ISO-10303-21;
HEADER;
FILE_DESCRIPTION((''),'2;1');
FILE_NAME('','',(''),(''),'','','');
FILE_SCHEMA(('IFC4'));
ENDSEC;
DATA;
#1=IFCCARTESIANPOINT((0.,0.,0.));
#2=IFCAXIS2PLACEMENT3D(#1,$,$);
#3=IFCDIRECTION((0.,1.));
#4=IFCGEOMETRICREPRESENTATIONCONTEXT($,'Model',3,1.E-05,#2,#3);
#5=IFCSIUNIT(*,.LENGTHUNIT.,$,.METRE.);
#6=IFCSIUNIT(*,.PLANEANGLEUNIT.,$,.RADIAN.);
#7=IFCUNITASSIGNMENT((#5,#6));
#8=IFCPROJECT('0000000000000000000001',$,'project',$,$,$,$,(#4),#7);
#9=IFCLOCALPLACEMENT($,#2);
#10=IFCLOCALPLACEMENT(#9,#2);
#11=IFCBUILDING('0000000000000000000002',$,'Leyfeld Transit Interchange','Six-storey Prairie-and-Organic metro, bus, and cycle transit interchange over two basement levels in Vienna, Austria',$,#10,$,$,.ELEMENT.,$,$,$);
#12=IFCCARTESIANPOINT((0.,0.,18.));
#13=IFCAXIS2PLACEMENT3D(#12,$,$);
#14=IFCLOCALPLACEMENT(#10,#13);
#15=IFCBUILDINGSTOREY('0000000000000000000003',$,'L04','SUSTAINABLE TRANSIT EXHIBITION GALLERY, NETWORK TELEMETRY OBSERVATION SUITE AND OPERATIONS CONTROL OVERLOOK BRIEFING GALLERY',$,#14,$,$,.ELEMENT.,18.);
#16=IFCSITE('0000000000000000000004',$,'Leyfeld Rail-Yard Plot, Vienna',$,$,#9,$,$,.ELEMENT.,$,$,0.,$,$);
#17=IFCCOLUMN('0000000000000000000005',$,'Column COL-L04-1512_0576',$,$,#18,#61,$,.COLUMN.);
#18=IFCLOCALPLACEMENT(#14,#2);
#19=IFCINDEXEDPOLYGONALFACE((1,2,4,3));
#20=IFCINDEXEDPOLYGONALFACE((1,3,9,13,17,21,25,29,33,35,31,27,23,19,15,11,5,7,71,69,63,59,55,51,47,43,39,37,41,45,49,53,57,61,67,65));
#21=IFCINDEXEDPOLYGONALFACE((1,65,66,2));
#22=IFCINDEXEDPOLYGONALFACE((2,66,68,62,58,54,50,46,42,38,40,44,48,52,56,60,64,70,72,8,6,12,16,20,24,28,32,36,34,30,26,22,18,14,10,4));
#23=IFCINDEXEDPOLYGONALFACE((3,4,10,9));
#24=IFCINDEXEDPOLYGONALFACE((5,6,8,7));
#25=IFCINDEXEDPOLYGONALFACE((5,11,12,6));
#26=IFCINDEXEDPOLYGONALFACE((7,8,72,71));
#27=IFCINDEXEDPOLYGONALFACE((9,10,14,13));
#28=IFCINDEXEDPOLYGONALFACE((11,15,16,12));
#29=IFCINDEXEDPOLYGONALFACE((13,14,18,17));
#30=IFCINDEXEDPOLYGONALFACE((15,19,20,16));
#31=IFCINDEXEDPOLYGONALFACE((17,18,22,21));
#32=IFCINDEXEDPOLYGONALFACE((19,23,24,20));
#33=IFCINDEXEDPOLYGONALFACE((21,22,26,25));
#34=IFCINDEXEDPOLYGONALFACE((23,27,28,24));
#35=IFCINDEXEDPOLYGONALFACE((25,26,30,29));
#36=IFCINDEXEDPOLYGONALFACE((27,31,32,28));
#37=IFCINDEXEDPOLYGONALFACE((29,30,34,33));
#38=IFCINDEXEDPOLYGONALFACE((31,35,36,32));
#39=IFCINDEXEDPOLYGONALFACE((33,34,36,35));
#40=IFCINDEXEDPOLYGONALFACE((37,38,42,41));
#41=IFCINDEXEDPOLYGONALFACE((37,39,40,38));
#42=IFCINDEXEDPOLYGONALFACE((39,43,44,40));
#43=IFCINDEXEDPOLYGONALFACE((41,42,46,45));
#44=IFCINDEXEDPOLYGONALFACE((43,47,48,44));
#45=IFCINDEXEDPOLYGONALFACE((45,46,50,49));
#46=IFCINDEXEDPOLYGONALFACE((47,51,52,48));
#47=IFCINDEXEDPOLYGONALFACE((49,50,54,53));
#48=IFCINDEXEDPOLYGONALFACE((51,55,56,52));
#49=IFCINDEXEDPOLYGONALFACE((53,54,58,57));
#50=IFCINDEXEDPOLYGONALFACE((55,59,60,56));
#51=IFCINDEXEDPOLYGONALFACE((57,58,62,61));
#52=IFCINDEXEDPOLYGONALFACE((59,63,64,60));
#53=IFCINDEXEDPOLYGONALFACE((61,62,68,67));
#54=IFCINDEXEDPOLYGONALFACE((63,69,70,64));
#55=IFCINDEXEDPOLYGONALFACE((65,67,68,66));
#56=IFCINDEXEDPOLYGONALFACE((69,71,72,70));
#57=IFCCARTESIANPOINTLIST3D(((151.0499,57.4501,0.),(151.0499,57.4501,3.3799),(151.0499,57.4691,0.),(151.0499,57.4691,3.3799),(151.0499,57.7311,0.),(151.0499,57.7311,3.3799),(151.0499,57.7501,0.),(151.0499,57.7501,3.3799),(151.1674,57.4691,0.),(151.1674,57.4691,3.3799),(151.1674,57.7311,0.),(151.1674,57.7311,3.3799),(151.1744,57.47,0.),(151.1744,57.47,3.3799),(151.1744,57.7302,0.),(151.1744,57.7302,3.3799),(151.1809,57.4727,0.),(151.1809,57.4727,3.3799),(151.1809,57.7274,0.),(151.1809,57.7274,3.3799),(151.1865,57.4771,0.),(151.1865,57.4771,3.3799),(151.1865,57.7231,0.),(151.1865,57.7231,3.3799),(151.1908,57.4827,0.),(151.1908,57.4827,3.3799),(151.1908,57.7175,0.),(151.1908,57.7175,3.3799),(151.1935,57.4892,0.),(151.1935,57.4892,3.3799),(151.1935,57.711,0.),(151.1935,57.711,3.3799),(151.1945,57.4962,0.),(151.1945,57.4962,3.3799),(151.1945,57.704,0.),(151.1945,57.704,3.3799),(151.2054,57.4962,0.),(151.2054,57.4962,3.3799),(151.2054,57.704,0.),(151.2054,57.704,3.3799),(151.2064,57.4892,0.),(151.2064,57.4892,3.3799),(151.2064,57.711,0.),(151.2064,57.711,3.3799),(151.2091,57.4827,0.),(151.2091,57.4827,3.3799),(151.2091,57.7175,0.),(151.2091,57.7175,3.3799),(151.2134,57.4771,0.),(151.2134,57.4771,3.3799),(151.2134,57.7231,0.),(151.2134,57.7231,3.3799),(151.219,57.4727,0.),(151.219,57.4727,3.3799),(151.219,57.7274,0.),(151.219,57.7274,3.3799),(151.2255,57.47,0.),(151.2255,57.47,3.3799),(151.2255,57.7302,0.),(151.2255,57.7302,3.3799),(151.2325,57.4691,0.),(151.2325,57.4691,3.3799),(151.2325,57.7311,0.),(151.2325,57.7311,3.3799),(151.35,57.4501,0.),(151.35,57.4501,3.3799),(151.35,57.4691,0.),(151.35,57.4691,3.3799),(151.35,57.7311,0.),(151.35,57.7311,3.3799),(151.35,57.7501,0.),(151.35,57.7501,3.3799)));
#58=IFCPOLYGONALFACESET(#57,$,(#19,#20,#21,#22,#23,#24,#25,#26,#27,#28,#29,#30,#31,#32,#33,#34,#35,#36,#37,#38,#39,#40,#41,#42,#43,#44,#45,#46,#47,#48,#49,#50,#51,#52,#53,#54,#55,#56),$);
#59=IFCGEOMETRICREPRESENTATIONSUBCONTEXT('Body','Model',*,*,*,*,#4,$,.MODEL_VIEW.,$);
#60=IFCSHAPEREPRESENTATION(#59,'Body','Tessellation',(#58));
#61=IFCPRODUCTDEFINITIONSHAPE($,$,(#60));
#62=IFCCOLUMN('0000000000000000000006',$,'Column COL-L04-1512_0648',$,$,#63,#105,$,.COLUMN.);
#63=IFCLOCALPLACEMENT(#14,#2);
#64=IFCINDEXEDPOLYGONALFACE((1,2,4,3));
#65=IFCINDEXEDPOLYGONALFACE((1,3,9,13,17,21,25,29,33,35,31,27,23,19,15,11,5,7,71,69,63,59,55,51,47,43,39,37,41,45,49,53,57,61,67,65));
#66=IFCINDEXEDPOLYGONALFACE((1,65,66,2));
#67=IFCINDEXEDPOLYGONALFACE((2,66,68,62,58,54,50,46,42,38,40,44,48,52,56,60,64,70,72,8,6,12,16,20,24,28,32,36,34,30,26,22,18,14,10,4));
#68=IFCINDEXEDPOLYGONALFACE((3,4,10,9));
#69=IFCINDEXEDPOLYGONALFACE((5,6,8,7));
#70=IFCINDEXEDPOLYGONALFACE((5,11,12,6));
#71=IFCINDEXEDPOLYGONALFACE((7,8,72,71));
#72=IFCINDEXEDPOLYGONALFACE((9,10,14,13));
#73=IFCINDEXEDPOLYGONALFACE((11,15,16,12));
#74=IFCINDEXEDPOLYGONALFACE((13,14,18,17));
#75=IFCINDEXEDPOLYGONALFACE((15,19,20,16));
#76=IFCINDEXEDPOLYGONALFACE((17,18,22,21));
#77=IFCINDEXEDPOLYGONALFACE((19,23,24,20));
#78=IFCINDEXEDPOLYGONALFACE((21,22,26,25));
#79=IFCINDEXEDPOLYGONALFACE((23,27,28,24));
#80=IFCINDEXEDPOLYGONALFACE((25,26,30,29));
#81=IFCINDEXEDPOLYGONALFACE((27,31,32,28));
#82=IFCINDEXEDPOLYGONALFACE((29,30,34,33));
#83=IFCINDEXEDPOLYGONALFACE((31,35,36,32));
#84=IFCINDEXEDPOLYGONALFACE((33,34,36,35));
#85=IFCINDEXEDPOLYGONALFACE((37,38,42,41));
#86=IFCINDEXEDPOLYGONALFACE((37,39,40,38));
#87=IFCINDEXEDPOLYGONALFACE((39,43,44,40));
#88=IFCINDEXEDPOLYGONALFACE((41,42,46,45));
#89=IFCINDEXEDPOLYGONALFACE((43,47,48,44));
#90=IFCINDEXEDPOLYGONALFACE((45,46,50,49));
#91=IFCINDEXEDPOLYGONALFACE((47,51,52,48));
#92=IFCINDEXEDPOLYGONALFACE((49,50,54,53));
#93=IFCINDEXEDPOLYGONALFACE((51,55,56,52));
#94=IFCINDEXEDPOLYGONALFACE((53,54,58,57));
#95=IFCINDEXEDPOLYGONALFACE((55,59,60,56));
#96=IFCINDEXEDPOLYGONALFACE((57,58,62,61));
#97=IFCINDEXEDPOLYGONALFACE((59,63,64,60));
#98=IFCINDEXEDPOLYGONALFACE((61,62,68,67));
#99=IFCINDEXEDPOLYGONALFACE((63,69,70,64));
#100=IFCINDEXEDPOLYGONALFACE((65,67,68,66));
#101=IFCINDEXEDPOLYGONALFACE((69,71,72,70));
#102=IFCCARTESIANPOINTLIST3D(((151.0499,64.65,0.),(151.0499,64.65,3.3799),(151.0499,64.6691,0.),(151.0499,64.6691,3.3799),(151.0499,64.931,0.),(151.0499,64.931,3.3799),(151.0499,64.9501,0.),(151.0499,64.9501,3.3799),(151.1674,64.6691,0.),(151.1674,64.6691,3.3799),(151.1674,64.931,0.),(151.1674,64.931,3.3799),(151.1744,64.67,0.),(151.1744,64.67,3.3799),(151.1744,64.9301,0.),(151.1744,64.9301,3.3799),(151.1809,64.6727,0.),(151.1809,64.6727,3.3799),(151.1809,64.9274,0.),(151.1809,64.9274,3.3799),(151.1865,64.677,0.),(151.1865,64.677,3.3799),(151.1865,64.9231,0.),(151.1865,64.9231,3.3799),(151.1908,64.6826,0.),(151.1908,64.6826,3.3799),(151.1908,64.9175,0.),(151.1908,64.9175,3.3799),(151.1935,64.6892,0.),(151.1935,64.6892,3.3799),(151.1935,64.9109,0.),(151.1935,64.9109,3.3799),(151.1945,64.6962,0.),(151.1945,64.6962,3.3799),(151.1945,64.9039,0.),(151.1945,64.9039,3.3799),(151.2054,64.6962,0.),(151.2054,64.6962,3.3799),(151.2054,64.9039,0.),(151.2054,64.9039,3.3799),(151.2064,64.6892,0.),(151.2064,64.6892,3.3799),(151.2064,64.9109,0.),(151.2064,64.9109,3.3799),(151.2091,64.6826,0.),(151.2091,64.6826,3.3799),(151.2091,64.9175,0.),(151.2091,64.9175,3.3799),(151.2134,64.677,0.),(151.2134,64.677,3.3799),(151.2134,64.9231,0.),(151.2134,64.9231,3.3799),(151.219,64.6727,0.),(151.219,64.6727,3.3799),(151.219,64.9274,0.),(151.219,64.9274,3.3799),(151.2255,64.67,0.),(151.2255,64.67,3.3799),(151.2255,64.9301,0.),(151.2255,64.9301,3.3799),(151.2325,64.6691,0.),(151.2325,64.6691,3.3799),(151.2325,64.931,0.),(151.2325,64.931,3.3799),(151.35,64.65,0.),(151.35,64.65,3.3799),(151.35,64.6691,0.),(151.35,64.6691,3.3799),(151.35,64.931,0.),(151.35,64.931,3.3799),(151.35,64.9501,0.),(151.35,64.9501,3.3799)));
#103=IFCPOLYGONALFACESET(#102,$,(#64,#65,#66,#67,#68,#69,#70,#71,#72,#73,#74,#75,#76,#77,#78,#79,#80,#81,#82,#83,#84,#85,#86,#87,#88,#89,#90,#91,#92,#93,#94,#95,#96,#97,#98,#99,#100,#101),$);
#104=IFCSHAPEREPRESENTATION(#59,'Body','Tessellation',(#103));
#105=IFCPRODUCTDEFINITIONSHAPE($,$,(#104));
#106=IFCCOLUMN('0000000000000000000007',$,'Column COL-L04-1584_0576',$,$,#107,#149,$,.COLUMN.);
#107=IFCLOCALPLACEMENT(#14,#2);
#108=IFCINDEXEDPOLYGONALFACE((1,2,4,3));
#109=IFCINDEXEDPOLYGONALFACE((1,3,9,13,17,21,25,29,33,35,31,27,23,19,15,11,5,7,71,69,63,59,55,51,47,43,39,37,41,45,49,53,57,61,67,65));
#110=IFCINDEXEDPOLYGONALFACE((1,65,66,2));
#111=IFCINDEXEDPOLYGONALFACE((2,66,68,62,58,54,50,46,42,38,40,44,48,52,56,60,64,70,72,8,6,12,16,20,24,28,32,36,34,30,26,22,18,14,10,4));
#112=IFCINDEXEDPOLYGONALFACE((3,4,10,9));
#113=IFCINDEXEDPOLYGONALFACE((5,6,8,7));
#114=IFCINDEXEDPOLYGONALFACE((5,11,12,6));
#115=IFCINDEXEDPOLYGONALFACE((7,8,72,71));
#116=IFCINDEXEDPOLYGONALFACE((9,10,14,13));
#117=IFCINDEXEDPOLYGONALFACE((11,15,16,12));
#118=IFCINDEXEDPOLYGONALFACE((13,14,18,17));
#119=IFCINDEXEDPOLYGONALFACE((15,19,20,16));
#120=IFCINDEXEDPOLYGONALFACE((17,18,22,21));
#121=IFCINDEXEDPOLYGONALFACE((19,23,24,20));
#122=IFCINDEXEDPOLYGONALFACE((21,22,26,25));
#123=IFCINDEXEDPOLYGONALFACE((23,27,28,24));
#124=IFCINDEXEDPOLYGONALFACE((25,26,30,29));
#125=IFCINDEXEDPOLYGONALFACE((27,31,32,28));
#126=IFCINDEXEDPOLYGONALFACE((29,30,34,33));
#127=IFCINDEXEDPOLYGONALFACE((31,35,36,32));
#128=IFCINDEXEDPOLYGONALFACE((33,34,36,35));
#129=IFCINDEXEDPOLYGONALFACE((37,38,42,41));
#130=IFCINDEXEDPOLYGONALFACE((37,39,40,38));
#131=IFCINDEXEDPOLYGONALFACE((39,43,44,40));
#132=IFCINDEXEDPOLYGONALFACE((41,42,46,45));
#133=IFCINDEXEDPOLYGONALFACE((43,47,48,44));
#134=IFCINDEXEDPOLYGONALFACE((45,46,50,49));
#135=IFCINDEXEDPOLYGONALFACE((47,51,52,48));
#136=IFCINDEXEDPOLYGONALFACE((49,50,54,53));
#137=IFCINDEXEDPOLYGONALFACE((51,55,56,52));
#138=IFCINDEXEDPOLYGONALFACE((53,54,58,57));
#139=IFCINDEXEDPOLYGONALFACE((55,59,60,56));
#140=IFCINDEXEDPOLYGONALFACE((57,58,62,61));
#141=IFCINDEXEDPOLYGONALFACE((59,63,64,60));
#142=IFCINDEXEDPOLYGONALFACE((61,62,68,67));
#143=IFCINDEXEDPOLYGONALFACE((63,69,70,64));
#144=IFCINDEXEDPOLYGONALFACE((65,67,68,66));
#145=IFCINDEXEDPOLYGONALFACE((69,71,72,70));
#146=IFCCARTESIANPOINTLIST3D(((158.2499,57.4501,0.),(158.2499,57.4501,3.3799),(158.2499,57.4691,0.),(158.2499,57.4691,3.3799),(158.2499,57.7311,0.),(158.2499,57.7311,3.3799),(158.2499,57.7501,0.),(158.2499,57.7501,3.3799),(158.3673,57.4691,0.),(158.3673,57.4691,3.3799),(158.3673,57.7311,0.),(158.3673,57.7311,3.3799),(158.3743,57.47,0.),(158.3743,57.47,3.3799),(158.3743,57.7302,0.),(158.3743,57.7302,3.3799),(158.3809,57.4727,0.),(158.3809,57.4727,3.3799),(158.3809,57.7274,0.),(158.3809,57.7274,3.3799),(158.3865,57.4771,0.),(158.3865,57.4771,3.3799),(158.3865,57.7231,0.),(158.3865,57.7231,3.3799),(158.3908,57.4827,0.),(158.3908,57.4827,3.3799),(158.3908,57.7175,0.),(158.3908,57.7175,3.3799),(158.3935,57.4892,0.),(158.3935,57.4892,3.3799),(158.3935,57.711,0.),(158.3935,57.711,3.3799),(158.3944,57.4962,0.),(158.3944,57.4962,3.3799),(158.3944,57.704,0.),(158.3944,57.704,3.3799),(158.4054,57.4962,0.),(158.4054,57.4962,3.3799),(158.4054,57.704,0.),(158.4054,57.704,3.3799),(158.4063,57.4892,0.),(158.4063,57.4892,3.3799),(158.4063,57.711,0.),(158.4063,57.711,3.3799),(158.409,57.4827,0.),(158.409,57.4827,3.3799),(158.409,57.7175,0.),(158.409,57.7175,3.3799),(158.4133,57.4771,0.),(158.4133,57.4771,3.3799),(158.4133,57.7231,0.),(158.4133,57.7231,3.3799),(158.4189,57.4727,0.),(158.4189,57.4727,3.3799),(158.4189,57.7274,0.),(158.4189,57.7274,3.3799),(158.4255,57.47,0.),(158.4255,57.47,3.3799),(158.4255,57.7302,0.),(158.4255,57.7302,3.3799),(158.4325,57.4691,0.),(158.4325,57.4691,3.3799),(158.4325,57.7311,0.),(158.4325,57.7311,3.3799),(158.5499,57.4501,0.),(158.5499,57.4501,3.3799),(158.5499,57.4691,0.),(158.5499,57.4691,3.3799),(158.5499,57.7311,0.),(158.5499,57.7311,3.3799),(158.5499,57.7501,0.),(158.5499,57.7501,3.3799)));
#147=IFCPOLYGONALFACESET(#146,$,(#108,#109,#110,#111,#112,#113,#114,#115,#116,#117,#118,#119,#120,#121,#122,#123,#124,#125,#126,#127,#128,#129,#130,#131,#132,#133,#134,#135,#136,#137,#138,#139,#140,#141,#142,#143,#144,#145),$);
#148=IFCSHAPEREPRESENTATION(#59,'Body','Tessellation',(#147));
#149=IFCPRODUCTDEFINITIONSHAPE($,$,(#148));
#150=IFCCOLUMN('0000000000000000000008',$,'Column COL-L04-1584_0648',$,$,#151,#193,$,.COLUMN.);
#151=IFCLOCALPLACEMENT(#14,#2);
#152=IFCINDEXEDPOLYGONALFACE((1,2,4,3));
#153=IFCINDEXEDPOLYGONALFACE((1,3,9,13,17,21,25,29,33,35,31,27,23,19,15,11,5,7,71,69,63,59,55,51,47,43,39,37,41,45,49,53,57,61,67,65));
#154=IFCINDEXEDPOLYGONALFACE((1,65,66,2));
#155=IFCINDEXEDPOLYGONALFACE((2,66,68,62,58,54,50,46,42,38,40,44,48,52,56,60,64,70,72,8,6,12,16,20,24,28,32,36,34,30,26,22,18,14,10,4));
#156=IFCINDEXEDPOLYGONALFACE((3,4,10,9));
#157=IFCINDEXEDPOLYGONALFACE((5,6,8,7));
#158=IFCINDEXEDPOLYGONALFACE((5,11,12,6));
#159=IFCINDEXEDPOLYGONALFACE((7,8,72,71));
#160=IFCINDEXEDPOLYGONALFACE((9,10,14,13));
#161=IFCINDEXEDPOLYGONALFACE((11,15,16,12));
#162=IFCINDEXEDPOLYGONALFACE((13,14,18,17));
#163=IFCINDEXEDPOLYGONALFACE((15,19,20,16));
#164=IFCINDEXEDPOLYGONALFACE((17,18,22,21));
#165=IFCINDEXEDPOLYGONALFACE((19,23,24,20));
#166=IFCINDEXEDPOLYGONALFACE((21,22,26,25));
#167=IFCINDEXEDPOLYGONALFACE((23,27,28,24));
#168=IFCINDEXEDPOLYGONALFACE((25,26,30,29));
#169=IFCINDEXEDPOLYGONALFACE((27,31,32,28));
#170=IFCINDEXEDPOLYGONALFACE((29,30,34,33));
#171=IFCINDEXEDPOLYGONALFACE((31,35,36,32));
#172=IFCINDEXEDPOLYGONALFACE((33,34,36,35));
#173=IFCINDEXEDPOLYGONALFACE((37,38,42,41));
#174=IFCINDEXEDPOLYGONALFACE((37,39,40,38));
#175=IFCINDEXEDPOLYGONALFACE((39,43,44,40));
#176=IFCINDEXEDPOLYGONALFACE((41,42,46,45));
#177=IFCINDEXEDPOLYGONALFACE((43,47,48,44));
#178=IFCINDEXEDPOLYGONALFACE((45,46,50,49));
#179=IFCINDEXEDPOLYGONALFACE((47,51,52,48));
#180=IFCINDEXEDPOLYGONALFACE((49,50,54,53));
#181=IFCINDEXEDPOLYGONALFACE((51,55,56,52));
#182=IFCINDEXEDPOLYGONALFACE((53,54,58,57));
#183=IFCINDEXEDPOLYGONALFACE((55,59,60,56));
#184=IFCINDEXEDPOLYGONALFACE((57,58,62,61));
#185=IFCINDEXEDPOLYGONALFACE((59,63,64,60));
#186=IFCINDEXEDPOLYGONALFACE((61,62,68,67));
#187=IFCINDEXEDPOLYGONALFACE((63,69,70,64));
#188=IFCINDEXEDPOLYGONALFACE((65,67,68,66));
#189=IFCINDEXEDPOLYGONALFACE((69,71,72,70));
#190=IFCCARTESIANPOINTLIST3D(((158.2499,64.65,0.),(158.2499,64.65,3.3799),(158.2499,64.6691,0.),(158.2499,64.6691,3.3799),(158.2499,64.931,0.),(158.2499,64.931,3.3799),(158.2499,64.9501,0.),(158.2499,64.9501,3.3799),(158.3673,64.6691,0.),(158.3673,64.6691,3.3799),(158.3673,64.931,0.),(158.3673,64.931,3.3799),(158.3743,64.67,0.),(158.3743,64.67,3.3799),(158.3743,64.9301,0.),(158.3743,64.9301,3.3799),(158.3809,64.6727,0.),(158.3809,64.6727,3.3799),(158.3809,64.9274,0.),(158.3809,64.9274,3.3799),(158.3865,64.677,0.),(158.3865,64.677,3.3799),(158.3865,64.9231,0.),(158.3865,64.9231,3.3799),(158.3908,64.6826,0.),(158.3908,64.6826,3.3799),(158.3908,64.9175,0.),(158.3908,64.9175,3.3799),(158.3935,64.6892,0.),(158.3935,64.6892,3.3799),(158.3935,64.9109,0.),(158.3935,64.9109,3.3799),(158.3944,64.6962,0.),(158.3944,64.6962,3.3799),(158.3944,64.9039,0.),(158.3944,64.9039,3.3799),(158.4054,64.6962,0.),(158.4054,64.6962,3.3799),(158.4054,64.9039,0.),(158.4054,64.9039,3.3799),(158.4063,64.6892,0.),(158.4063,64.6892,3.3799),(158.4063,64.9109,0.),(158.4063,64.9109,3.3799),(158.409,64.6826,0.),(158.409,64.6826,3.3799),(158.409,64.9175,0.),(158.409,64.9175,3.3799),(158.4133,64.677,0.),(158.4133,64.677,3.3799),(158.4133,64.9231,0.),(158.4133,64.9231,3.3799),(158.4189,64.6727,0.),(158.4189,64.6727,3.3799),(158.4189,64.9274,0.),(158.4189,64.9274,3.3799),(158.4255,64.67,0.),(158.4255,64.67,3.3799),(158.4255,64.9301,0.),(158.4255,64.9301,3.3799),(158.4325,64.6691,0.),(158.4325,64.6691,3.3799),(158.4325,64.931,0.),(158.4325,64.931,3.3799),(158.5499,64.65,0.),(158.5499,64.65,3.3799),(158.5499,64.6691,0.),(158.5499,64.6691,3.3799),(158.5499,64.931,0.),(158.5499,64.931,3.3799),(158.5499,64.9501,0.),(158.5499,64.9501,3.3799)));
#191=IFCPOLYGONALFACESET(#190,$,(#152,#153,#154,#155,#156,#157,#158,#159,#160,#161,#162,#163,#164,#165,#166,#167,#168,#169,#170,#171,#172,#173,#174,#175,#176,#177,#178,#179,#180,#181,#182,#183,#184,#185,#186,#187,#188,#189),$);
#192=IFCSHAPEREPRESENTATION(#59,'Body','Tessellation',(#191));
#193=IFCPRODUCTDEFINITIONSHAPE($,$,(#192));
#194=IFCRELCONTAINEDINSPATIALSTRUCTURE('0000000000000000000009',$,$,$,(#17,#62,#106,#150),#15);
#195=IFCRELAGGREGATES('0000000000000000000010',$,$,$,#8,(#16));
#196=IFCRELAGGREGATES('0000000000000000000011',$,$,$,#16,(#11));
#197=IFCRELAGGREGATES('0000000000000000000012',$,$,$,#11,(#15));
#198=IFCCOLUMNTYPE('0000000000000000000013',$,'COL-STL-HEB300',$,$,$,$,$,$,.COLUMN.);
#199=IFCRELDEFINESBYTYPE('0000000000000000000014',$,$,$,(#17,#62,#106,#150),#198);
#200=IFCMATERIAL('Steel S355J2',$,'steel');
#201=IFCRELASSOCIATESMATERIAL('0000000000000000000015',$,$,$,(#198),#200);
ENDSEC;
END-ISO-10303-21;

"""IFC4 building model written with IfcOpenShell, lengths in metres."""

from ifc_helpers import new_model, si_unit, direction, frame, origin, origin_2d, place, context, subcontext, project, spatial, i_section, extrude, material, material_profile, profile_set, type_object, element, save


model = new_model("IFC4")

# Units and contexts
model_context = context("Model", 3, precision=1e-05, world=origin(), true_north=direction((0.0, 1.0)))
body_context = subcontext(model_context, "Body", "Model", "MODEL_VIEW")
ifc_project = project(units=[si_unit("LENGTHUNIT", "METRE"), si_unit("PLANEANGLEUNIT", "RADIAN")], contexts=[model_context])

# Site, building, storey
site_placement = place(None, origin())
site = spatial("IfcSite", under=ifc_project, at=site_placement, Name="Leyfeld Rail-Yard Plot, Vienna", CompositionType="ELEMENT", RefElevation=0.0)
building_placement = place(site_placement, origin())
building = spatial("IfcBuilding", under=site, at=building_placement, Name="Leyfeld Transit Interchange", Description="Six-storey Prairie-and-Organic metro, bus, and cycle transit interchange over two basement levels in Vienna, Austria", CompositionType="ELEMENT")
storey_placement = place(building_placement, frame((0.0, 0.0, 18.0)))
storey = spatial("IfcBuildingStorey", under=building, at=storey_placement, Name="L04", Description="SUSTAINABLE TRANSIT EXHIBITION GALLERY, NETWORK TELEMETRY OBSERVATION SUITE AND OPERATIONS CONTROL OVERLOOK BRIEFING GALLERY", CompositionType="ELEMENT", Elevation=18.0)

# Columns
ifc_material_1 = material(Name="Steel S355J2", Category="steel")
ifc_material_profile_1 = material_profile(ifc_material_1, i_section(OverallWidth=0.3, OverallDepth=0.3, WebThickness=0.011, FlangeThickness=0.019, FilletRadius=0.0271, at=origin_2d()), Name="HEB 300")
ifc_profile_set_1 = profile_set([ifc_material_profile_1], Name="Steel S355J2")
column_type = type_object("IfcColumnType", Name="COL-STL-HEB300", PredefinedType="COLUMN", material=ifc_profile_set_1)
for number, where, z_axis, x_axis, name in (
    (1, (151.2, 57.6001, 0.0), (0.0, 0.0, 1.0), (1.0, 0.0, 0.0), "Column COL-L04-1512_0576"),
    (2, (151.2, 64.8, 0.0), (0.0, 0.0, 1.0), (1.0, 0.0, 0.0), "Column COL-L04-1512_0648"),
    (3, (158.3999, 57.6001, 0.0), (0.0, 0.0, 1.0), (1.0, 0.0, 0.0), "Column COL-L04-1584_0576"),
    (4, (158.3999, 64.8, 0.0), (0.0, 0.0, 1.0), (1.0, 0.0, 0.0), "Column COL-L04-1584_0648"),
):
    element("IfcColumn", number, at=place(storey_placement, frame(where, z_axis=z_axis, x_axis=x_axis)), inside=storey, type_object=column_type, Name=name, PredefinedType="COLUMN", context=body_context, shape_type="SweptSolid", body=[
        extrude(i_section(OverallWidth=0.3, OverallDepth=0.3, WebThickness=0.011, FlangeThickness=0.019, FilletRadius=0.0271, at=origin_2d()), origin(), (0.0, 0.0, 1.0), 3.3799),
    ])

save(model, "model.ifc")
